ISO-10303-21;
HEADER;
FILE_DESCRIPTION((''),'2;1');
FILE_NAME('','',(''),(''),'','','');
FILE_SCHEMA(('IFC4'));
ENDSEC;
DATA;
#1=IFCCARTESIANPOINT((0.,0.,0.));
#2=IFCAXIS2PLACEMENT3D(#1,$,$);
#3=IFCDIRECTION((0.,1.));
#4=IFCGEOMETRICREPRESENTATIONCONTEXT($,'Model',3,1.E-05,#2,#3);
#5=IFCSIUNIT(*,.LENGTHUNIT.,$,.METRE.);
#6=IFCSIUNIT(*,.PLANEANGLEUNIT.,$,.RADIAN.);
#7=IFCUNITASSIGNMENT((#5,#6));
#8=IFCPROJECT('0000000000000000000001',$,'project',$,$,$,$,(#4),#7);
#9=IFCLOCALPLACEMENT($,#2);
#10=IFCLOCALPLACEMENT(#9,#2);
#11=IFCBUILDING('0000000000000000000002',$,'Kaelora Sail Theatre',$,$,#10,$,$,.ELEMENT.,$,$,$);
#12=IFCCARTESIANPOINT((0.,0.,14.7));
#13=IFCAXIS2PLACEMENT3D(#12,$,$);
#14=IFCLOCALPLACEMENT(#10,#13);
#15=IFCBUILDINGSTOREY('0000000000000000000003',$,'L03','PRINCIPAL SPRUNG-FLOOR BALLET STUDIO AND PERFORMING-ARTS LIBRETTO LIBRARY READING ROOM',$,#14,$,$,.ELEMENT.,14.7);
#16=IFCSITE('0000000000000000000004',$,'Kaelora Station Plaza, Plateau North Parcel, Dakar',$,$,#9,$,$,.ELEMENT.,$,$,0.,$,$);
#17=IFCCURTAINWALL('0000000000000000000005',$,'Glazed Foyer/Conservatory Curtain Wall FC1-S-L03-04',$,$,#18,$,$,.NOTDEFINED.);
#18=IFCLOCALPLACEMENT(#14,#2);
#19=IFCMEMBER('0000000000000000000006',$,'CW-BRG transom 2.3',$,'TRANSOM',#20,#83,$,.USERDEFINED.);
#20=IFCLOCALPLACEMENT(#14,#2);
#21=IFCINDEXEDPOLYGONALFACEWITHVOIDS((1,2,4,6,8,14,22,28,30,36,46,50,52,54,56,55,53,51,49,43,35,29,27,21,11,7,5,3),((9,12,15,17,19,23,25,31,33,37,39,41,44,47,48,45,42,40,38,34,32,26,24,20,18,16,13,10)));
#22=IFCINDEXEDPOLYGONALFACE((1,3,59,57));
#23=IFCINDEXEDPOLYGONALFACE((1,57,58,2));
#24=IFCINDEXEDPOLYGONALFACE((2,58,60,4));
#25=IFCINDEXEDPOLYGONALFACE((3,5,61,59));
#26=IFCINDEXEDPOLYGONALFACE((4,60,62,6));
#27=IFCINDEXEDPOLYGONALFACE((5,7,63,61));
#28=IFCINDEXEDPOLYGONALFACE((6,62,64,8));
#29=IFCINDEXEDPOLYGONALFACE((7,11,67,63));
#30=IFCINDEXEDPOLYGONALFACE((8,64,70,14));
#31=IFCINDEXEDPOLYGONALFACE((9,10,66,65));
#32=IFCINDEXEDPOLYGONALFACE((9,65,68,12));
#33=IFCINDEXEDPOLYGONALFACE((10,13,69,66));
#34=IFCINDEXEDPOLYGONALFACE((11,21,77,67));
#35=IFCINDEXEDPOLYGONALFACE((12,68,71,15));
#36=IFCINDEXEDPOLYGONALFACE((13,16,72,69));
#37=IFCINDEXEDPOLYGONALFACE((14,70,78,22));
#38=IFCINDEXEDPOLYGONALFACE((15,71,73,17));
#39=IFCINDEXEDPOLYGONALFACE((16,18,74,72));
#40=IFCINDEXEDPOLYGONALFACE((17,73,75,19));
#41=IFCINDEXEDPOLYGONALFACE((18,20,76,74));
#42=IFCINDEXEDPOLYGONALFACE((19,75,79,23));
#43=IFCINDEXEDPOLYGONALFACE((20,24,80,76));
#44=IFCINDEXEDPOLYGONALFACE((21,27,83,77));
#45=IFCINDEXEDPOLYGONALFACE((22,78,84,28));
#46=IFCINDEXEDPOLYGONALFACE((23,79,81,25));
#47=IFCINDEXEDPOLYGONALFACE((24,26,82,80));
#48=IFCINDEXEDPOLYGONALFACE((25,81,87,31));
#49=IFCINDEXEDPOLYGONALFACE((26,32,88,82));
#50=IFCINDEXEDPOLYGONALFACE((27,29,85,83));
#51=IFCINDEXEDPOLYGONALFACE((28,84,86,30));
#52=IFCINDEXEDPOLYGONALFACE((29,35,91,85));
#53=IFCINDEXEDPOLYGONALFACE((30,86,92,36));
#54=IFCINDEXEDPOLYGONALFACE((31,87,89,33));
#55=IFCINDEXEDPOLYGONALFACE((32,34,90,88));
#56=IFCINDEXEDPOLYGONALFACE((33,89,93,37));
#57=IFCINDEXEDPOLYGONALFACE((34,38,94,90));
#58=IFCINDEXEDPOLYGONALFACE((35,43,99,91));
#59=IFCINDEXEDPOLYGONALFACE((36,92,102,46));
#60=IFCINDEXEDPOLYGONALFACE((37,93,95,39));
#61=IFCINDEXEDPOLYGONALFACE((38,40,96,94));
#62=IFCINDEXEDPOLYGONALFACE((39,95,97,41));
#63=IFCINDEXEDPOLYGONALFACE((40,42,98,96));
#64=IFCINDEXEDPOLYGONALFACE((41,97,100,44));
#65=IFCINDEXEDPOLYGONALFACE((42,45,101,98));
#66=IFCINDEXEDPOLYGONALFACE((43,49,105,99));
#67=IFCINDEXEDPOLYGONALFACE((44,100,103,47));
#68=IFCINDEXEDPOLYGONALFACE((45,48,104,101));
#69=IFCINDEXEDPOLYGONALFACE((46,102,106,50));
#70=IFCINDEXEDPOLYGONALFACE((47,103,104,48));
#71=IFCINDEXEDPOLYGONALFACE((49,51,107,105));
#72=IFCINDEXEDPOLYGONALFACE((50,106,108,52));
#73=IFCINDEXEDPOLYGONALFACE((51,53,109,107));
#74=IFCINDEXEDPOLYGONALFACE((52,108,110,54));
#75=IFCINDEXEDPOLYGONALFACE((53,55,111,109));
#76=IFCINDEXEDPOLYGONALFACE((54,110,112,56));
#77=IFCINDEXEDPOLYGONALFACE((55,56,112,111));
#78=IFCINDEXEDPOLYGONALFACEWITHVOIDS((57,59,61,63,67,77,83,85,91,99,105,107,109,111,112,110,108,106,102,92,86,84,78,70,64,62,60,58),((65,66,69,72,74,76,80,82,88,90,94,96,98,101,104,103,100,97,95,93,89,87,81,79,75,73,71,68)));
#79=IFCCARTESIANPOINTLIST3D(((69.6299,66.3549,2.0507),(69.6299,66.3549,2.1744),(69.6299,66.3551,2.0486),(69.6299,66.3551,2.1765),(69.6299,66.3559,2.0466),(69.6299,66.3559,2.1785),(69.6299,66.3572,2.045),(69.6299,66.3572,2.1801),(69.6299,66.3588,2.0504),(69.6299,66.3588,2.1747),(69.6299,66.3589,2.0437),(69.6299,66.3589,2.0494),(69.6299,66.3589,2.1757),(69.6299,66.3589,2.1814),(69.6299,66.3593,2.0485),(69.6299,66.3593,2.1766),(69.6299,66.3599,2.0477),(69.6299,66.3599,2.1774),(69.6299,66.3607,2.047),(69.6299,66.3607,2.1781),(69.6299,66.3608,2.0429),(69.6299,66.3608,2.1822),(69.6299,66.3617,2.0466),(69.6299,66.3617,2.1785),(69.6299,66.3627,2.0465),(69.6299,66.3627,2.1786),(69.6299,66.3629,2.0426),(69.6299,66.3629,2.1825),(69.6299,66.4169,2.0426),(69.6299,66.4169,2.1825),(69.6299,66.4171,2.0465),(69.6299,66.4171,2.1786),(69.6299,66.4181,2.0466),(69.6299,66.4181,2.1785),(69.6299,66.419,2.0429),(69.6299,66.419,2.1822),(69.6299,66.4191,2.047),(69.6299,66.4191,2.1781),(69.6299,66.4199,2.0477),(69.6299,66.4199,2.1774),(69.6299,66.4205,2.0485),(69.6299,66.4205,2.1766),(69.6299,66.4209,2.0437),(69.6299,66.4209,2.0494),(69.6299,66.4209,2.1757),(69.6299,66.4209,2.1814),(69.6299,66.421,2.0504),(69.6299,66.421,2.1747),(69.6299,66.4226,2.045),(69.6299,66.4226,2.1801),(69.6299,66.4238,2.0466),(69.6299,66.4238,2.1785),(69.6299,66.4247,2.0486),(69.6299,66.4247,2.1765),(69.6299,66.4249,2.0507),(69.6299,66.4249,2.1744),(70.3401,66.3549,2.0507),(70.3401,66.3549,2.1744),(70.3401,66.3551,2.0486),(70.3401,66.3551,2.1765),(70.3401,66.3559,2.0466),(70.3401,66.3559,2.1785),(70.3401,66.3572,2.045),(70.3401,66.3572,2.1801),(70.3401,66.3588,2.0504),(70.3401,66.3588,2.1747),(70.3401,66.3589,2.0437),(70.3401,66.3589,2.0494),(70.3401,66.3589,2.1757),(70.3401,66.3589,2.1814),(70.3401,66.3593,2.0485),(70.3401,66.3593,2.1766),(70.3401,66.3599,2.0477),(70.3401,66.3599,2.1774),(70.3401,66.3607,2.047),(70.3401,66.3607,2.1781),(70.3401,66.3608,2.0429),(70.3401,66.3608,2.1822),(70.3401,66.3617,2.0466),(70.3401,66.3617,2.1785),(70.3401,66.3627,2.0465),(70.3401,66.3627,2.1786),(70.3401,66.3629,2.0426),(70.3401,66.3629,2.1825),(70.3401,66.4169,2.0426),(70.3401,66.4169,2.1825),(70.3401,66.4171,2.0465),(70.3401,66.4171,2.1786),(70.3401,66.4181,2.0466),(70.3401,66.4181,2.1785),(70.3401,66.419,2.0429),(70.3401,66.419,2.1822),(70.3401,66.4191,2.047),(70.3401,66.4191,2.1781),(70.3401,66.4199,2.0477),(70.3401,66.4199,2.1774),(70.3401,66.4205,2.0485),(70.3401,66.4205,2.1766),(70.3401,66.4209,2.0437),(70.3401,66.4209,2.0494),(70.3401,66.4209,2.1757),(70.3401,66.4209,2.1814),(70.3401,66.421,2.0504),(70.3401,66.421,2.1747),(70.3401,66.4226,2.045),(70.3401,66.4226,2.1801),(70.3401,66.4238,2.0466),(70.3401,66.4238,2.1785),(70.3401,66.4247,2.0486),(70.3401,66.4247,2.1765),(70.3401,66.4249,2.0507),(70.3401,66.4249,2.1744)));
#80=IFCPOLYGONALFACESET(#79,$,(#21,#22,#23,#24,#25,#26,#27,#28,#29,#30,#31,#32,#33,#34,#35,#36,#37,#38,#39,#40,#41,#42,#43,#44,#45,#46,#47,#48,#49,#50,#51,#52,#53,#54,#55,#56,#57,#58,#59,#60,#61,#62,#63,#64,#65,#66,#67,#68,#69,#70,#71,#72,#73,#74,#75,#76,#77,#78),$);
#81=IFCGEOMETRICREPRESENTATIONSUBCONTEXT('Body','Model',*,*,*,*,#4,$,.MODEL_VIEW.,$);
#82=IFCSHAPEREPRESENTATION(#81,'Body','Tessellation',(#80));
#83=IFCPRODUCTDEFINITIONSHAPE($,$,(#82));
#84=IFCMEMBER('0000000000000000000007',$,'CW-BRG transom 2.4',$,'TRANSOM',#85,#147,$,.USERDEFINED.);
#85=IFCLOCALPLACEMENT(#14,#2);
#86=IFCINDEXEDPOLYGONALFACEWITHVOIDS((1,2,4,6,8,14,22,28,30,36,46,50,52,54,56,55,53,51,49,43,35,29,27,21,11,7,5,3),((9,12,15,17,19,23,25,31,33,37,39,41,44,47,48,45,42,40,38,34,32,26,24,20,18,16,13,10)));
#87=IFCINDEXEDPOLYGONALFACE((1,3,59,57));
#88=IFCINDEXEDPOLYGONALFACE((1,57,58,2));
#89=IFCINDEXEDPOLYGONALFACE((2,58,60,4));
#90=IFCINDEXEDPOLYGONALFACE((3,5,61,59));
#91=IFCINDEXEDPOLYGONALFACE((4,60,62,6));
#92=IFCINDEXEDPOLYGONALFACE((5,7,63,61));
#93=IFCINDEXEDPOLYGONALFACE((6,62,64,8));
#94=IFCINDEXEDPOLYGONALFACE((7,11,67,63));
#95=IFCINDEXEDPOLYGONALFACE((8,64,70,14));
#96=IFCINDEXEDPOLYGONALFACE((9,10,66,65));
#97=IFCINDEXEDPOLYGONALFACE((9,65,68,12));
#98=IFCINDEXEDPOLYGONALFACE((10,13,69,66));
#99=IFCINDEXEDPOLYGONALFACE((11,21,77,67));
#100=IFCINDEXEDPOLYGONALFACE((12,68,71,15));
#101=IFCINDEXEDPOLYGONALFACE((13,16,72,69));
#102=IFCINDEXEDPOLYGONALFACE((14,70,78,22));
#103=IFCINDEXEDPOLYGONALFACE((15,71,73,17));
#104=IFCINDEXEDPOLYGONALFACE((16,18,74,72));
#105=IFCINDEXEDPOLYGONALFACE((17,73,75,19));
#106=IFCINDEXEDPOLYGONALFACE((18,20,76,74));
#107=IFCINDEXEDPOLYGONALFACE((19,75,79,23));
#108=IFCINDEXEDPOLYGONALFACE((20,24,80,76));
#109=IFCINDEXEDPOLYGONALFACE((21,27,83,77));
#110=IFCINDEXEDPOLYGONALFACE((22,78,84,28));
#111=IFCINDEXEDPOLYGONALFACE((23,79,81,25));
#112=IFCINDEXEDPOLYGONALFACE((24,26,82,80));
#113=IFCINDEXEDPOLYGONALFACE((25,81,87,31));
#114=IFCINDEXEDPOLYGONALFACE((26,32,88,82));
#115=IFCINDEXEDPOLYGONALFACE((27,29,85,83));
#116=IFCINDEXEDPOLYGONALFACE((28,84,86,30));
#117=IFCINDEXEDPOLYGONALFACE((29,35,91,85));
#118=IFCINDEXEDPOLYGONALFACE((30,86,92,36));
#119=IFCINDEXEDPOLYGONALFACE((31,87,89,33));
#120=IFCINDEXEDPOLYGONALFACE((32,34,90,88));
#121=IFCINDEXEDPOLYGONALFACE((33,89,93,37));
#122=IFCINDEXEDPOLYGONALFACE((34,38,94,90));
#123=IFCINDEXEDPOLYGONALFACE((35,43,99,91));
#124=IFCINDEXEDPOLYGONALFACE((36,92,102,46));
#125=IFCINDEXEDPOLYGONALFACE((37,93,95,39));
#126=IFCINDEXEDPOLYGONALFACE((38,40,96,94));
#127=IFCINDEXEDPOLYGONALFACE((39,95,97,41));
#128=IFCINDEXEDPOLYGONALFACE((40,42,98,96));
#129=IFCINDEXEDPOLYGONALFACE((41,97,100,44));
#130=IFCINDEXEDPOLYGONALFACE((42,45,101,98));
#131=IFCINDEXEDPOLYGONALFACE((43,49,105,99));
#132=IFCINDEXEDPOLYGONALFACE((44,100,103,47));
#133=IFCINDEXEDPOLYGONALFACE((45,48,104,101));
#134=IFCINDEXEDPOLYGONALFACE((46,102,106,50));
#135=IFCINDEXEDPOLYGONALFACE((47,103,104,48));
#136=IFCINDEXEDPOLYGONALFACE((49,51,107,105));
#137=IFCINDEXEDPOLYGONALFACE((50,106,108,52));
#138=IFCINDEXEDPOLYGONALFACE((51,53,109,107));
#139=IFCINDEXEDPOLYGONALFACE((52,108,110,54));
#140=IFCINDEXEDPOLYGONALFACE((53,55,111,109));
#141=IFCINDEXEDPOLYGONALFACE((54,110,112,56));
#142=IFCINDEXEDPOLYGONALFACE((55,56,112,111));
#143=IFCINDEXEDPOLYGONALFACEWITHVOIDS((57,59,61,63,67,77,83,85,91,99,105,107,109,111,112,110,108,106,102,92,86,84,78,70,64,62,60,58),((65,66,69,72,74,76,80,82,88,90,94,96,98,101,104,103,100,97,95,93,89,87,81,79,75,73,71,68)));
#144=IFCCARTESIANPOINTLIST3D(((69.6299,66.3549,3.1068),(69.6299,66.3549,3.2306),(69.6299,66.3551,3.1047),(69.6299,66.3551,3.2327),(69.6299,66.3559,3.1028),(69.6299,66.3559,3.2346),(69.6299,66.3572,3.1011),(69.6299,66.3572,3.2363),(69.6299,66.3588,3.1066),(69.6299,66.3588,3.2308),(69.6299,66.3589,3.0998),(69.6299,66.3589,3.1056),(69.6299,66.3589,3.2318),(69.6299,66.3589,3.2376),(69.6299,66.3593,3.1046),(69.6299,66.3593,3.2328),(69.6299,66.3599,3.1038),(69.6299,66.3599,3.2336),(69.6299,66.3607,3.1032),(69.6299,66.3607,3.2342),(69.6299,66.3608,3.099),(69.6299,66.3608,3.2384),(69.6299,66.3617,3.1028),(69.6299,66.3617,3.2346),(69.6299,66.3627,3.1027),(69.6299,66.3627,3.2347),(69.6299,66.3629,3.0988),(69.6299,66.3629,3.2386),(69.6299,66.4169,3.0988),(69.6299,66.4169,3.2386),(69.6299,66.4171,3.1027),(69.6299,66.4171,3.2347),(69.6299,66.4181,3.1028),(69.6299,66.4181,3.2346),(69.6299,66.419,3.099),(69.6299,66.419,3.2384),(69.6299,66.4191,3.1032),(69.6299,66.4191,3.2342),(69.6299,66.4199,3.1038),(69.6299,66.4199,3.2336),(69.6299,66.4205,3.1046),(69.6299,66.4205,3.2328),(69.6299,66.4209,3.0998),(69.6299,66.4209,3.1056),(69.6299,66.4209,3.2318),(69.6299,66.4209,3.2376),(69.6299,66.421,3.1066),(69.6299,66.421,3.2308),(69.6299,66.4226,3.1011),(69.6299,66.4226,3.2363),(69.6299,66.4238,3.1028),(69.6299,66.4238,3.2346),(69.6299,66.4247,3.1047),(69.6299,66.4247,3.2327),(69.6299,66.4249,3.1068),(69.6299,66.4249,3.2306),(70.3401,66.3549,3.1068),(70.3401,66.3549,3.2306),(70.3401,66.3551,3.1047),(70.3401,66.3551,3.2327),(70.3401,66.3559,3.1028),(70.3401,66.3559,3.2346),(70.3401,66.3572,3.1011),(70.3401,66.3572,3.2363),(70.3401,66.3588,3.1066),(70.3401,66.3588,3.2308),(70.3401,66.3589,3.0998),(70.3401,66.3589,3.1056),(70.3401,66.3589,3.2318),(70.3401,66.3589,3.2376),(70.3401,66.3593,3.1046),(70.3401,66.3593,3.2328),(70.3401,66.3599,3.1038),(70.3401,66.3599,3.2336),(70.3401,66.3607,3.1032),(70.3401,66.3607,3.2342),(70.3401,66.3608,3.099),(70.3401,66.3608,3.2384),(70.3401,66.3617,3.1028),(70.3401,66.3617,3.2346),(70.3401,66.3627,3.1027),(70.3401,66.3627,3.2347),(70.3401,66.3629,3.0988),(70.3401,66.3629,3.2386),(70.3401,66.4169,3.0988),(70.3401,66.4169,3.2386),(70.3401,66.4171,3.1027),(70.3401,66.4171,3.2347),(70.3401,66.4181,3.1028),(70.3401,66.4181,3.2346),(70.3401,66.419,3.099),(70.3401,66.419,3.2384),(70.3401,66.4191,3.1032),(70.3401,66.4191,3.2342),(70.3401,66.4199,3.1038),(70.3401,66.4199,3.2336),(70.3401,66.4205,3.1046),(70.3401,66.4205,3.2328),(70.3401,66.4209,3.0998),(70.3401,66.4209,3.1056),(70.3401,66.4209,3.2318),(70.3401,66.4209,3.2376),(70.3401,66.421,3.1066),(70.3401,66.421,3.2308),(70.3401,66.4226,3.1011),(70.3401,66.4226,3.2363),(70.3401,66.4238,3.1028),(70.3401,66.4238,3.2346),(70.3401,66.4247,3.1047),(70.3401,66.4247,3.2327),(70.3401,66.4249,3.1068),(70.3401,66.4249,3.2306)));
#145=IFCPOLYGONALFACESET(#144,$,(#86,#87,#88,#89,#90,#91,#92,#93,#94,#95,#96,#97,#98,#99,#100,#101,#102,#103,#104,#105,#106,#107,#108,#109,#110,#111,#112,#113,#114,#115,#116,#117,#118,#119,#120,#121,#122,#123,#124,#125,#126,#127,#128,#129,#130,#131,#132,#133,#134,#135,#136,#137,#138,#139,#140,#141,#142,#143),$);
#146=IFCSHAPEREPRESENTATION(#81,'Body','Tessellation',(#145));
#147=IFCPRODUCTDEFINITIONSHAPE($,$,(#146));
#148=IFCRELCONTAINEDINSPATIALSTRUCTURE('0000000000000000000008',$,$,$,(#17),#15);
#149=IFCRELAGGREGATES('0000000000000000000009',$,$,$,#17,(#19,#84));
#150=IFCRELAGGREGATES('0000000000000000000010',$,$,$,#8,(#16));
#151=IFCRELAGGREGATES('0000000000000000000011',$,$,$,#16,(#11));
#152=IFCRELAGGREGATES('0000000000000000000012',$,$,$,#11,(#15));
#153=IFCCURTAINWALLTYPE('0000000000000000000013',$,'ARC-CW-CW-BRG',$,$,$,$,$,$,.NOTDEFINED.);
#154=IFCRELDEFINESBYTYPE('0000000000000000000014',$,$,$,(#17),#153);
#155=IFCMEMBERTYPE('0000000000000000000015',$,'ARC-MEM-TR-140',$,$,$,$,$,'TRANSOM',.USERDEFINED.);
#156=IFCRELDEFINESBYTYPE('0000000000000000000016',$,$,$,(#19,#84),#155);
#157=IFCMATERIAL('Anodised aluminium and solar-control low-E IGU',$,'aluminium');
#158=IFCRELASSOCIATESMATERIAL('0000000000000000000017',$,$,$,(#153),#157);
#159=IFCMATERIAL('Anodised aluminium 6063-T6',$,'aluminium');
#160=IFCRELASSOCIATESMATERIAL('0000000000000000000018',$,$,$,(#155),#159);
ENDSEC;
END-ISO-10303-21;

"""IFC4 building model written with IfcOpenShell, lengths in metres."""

from ifc_helpers import new_model, si_unit, direction, frame, origin, origin_2d, place, context, subcontext, project, spatial, hollow_rectangle, extrude, material, material_profile, profile_set, type_object, element, aggregate, save


model = new_model("IFC4")

# Units and contexts
model_context = context("Model", 3, precision=1e-05, world=origin(), true_north=direction((0.0, 1.0)))
body_context = subcontext(model_context, "Body", "Model", "MODEL_VIEW")
ifc_project = project(units=[si_unit("LENGTHUNIT", "METRE"), si_unit("PLANEANGLEUNIT", "RADIAN")], contexts=[model_context])

# Site, building, storey
site_placement = place(None, origin())
site = spatial("IfcSite", under=ifc_project, at=site_placement, Name="Kaelora Station Plaza, Plateau North Parcel, Dakar", CompositionType="ELEMENT", RefElevation=0.0)
building_placement = place(site_placement, origin())
building = spatial("IfcBuilding", under=site, at=building_placement, Name="Kaelora Sail Theatre", CompositionType="ELEMENT")
storey_placement = place(building_placement, frame((0.0, 0.0, 14.7)))
storey = spatial("IfcBuildingStorey", under=building, at=storey_placement, Name="L03", Description="PRINCIPAL SPRUNG-FLOOR BALLET STUDIO AND PERFORMING-ARTS LIBRETTO LIBRARY READING ROOM", CompositionType="ELEMENT", Elevation=14.7)

# Curtain wall, members
ifc_material_1 = material(Name="Anodised aluminium and solar-control low-E IGU", Category="aluminium")
curtain_wall_type = type_object("IfcCurtainWallType", Name="ARC-CW-CW-BRG", PredefinedType="NOTDEFINED", material=ifc_material_1)
ifc_material_2 = material(Name="Anodised aluminium 6063-T6", Category="aluminium")
ifc_material_profile = material_profile(ifc_material_2, hollow_rectangle(XDim=0.0701, YDim=0.1399, WallThickness=0.0039, InnerFilletRadius=0.0039, OuterFilletRadius=0.0081, at=origin_2d()), Name="ALU-TRAN 70x140x4")
ifc_profile_set = profile_set([ifc_material_profile], Name="Anodised aluminium 6063-T6")
member_type = type_object("IfcMemberType", Name="ARC-MEM-TR-140", ElementType="TRANSOM", PredefinedType="USERDEFINED", material=ifc_profile_set)
curtain_wall_1_placement = place(storey_placement, origin())
curtain_wall_1 = element("IfcCurtainWall", 1, at=curtain_wall_1_placement, inside=storey, type_object=curtain_wall_type, Name="Glazed Foyer/Conservatory Curtain Wall FC1-S-L03-04", PredefinedType="NOTDEFINED")
member_1_placement = place(storey_placement, frame((69.6299, 66.3899, 2.1125), z_axis=(1.0, 0.0, 0.0), x_axis=(0.0, 1.0, 0.0)))
member_1 = element("IfcMember", 2, at=member_1_placement, type_object=member_type, Name="CW-BRG transom 2.3", ObjectType="TRANSOM", PredefinedType="USERDEFINED", context=body_context, shape_type="SweptSolid", body=[
    extrude(hollow_rectangle(XDim=0.0701, YDim=0.1399, WallThickness=0.0039, InnerFilletRadius=0.0039, OuterFilletRadius=0.0081, at=origin_2d()), origin(), (0.0, 0.0, 1.0), 0.7102),
])
member_2_placement = place(storey_placement, frame((69.6299, 66.3899, 3.1687), z_axis=(1.0, 0.0, 0.0), x_axis=(0.0, 1.0, 0.0)))
member_2 = element("IfcMember", 3, at=member_2_placement, type_object=member_type, Name="CW-BRG transom 2.4", ObjectType="TRANSOM", PredefinedType="USERDEFINED", context=body_context, shape_type="SweptSolid", body=[
    extrude(hollow_rectangle(XDim=0.0701, YDim=0.1399, WallThickness=0.0039, InnerFilletRadius=0.0039, OuterFilletRadius=0.0081, at=origin_2d()), origin(), (0.0, 0.0, 1.0), 0.7102),
])

aggregate(curtain_wall_1, [member_1, member_2])

save(model, "model.ifc")
